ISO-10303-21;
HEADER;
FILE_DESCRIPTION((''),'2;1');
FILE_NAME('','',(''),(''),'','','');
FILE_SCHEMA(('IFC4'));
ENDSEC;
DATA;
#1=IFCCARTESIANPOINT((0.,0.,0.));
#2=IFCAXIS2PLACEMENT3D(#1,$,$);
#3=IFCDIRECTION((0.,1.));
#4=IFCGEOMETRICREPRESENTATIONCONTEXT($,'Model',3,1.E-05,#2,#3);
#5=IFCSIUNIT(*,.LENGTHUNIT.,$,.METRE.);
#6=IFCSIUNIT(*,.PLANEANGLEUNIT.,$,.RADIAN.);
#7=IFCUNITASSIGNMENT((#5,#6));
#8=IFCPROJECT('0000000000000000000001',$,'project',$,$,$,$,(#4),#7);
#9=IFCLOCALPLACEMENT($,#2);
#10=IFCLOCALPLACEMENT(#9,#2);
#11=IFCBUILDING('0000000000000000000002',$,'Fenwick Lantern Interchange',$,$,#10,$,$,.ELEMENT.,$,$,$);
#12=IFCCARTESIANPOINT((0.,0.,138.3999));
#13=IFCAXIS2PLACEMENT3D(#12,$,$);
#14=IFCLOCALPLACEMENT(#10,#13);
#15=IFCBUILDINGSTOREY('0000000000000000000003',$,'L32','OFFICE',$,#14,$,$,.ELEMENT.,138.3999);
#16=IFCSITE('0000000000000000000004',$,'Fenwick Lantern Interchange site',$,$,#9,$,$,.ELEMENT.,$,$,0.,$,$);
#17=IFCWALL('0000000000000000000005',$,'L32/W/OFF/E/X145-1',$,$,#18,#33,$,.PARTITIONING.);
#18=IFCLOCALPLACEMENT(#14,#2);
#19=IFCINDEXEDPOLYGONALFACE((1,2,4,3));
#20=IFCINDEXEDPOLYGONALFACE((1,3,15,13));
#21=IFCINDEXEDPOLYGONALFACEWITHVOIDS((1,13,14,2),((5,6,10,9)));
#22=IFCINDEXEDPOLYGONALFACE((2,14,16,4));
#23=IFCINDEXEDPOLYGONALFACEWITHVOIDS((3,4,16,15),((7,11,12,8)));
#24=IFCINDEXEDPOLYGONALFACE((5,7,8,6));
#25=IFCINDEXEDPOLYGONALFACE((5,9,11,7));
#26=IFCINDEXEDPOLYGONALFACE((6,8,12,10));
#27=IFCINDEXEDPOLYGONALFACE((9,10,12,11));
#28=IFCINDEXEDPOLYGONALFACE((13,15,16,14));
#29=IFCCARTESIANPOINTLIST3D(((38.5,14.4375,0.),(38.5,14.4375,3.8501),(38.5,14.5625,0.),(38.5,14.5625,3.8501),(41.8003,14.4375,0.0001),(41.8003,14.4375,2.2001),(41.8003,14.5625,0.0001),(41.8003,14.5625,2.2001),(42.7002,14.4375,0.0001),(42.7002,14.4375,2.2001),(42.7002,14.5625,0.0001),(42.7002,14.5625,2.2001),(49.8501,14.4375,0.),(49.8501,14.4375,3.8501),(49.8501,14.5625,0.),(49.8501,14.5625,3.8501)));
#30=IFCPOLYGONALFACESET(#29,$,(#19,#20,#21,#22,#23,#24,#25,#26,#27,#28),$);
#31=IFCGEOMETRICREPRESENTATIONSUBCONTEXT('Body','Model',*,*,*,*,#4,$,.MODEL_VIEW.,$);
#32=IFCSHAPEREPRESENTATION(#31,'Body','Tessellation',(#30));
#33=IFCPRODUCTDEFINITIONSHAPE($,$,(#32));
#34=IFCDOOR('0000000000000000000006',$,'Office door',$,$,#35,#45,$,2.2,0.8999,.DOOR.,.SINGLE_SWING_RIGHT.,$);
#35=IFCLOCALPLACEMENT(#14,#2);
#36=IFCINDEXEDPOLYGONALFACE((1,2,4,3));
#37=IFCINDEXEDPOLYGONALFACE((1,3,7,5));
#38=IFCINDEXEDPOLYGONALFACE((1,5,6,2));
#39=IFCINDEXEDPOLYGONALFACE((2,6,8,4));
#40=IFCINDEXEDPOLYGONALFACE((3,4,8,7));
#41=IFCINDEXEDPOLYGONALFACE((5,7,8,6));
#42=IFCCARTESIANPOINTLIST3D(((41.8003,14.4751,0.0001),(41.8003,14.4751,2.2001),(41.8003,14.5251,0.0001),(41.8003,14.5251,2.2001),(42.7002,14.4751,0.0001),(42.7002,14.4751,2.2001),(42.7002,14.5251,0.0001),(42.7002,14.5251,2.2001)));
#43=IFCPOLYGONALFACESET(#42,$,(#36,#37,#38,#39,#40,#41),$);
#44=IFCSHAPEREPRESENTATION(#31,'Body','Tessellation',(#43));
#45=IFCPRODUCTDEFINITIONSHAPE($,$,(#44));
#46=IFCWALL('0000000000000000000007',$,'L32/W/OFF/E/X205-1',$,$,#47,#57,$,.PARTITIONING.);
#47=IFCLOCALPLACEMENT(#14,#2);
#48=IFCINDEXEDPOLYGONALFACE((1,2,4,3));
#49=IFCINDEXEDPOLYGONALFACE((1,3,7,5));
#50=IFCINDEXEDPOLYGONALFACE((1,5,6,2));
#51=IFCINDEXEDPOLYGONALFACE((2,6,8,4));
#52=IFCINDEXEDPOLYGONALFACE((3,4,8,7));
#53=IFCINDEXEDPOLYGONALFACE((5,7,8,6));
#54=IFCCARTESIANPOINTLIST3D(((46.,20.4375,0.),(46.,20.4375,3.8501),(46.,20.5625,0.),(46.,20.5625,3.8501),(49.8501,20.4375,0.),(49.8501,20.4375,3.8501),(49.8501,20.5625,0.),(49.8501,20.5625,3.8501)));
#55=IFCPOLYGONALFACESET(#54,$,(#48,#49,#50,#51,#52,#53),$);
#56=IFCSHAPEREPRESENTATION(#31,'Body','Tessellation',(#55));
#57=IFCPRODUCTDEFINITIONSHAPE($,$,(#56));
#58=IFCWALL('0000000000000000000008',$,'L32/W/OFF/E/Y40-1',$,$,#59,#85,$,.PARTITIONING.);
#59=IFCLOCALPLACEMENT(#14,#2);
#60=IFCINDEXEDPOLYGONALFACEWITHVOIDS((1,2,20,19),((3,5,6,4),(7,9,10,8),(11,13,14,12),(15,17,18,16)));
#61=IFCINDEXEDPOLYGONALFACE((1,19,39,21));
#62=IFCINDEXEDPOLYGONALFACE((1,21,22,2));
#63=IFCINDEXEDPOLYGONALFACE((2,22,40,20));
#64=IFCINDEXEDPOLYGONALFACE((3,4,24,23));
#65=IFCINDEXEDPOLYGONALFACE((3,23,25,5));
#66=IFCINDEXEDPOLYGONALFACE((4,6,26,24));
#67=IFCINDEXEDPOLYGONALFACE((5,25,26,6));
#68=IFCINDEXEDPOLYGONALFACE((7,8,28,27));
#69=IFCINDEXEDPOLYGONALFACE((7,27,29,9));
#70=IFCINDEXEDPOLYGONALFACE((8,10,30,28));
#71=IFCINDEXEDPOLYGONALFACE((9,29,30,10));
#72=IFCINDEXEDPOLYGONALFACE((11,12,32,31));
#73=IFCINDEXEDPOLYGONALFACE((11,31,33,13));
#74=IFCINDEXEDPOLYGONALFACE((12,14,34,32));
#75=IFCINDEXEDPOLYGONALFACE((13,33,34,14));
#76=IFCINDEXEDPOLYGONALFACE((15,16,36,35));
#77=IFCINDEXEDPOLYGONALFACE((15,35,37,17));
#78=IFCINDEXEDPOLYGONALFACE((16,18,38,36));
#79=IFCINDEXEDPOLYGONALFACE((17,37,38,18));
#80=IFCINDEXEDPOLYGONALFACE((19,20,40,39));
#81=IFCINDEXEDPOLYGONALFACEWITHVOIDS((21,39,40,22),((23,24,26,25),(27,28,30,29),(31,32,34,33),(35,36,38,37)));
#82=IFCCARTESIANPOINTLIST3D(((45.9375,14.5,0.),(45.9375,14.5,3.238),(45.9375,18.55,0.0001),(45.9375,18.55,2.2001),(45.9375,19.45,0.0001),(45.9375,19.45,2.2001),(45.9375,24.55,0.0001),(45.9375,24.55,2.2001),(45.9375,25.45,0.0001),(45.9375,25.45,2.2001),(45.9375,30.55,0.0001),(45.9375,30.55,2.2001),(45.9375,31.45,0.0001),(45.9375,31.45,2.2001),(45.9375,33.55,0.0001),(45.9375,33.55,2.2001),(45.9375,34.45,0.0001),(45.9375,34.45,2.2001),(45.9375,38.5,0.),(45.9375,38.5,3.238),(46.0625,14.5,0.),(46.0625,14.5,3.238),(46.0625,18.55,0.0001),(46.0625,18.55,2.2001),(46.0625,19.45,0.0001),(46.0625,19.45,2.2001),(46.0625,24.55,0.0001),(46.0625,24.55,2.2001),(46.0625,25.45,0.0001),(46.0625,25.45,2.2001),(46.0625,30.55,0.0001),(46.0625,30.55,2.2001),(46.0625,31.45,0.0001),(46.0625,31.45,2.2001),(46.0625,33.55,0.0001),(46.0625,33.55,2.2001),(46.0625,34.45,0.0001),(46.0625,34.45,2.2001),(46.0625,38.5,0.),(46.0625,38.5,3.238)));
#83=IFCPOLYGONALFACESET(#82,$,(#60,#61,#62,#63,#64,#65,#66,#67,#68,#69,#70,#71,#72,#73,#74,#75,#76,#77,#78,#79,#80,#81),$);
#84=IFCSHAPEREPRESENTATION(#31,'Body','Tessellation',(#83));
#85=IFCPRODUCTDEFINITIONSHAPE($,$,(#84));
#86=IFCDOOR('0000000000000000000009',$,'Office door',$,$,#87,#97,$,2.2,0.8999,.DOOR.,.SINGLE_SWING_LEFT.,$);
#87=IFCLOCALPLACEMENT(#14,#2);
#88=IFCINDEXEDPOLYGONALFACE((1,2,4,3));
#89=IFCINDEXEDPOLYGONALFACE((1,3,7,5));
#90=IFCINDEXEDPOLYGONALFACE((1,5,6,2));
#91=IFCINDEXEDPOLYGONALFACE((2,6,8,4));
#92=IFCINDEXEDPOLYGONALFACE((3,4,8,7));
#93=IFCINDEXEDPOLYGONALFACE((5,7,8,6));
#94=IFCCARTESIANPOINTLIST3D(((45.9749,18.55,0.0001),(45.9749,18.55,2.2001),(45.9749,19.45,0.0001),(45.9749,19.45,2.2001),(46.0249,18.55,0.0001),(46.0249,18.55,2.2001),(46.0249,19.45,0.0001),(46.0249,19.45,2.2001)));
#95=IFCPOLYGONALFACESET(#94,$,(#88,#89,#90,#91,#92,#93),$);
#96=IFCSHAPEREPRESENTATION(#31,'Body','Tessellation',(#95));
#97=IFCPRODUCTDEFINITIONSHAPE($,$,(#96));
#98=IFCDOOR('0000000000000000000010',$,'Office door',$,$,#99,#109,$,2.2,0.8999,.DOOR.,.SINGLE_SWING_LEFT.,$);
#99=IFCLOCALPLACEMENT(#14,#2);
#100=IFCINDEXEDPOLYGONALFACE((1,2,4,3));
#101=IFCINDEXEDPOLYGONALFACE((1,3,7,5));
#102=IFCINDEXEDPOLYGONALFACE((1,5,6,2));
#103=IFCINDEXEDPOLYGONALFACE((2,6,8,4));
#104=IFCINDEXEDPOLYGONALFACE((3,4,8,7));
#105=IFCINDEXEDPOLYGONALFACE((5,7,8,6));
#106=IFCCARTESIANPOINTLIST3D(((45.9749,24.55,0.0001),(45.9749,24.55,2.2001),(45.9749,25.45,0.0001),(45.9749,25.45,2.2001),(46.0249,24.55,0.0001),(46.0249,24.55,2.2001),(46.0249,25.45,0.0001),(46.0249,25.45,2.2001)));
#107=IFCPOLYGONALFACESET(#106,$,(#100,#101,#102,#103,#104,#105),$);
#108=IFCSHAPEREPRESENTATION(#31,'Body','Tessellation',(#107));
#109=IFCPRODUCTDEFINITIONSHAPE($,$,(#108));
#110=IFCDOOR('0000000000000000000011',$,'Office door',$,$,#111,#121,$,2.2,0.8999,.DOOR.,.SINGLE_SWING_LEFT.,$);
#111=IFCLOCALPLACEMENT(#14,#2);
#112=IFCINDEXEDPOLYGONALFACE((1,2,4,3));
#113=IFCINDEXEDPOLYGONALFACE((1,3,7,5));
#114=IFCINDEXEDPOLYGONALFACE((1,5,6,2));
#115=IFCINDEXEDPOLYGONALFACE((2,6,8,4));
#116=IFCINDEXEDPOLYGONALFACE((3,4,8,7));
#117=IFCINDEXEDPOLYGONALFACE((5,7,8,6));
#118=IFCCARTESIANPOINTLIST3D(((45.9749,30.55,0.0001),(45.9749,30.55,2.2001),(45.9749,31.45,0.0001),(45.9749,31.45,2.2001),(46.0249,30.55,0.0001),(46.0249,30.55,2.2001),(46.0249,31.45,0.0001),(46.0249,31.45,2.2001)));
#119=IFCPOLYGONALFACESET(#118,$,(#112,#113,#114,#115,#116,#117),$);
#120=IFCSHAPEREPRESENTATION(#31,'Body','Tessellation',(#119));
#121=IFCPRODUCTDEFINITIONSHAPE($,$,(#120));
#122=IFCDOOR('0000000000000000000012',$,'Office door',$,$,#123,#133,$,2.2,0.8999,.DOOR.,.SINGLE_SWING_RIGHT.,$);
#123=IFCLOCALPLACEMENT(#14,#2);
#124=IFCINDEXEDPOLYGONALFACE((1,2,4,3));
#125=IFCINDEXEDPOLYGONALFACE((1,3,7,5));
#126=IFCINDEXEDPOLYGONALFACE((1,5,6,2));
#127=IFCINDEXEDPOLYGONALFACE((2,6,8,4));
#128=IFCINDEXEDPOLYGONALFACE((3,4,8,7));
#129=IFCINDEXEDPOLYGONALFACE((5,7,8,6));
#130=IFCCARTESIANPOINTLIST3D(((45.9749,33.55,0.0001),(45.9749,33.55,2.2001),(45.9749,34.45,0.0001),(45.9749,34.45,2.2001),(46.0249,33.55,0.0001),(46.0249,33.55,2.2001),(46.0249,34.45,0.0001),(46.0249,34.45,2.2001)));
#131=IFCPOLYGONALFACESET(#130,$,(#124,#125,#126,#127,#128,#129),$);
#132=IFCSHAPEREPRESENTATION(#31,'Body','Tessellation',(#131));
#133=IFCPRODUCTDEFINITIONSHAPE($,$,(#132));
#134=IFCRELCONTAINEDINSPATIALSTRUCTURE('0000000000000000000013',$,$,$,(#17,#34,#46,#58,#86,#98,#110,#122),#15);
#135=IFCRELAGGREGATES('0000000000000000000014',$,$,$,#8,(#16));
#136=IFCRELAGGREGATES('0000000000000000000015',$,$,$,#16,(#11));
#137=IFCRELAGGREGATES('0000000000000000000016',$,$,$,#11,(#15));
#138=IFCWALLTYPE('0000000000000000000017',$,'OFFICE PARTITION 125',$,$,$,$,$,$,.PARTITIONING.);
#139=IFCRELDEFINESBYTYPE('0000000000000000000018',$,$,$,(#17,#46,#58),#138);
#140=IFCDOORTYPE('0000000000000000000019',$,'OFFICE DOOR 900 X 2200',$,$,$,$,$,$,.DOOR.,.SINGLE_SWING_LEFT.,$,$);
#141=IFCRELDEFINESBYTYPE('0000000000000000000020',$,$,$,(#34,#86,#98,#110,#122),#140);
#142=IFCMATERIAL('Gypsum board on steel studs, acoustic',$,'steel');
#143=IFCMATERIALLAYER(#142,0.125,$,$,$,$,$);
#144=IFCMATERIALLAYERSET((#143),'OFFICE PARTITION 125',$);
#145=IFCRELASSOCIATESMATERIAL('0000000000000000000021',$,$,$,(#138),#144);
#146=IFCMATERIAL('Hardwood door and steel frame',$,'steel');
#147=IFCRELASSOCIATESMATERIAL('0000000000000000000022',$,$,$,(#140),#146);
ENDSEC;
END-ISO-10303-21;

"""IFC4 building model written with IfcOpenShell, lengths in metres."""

from ifc_helpers import new_model, si_unit, direction, frame, frame_2d, origin, place, context, subcontext, project, spatial, rectangle, extrude, material, layer, layer_set, type_object, element, fill, save


model = new_model("IFC4")

# Units and contexts
model_context = context("Model", 3, precision=1e-05, world=origin(), true_north=direction((0.0, 1.0)))
body_context = subcontext(model_context, "Body", "Model", "MODEL_VIEW")
ifc_project = project(units=[si_unit("LENGTHUNIT", "METRE"), si_unit("PLANEANGLEUNIT", "RADIAN")], contexts=[model_context])

# Site, building, storey
site_placement = place(None, origin())
site = spatial("IfcSite", under=ifc_project, at=site_placement, Name="Fenwick Lantern Interchange site", CompositionType="ELEMENT", RefElevation=0.0)
building_placement = place(site_placement, origin())
building = spatial("IfcBuilding", under=site, at=building_placement, Name="Fenwick Lantern Interchange", CompositionType="ELEMENT")
storey_placement = place(building_placement, frame((0.0, 0.0, 138.3999)))
storey = spatial("IfcBuildingStorey", under=building, at=storey_placement, Name="L32", Description="OFFICE", CompositionType="ELEMENT", Elevation=138.3999)

# Wall, opening, door
ifc_material_1 = material(Name="Gypsum board on steel studs, acoustic", Category="steel")
ifc_layer_1 = layer(ifc_material_1, 0.125)
ifc_layer_set_1 = layer_set([ifc_layer_1], Name="OFFICE PARTITION 125")
wall_type_1 = type_object("IfcWallType", Name="OFFICE PARTITION 125", PredefinedType="PARTITIONING", material=ifc_layer_set_1)
wall_1_placement = place(storey_placement, frame((49.8501, 14.5, 0.0), z_axis=(0.0, 0.0, 1.0), x_axis=(-1.0, 0.0, 0.0)))
wall_1 = element("IfcWall", 1, at=wall_1_placement, inside=storey, type_object=wall_type_1, Name="L32/W/OFF/E/X145-1", PredefinedType="PARTITIONING", context=body_context, shape_type="SweptSolid", body=[
    extrude(rectangle(XDim=11.3501, YDim=0.125, at=frame_2d((5.675, 0.0))), origin(), (0.0, 0.0, 1.0), 3.8501),
])
opening_1_placement = place(wall_1_placement, frame((7.1499, 0.0, 0.0)))
opening_1 = element("IfcOpeningElement", 2, at=opening_1_placement, cuts=wall_1, PredefinedType="OPENING", context=body_context, shape_type="SweptSolid", body=[
    extrude(rectangle(XDim=0.8999, YDim=2.2, at=frame_2d((0.45, 1.1001))), frame((0.0, 0.0725, 0.0), z_axis=(0.0, -1.0, 0.0), x_axis=(1.0, 0.0, 0.0)), (0.0, 0.0, 1.0), 0.145),
])
ifc_material_2 = material(Name="Hardwood door and steel frame", Category="steel")
door_type = type_object("IfcDoorType", Name="OFFICE DOOR 900 X 2200", OperationType="SINGLE_SWING_LEFT", PredefinedType="DOOR", material=ifc_material_2)
door_1_placement = place(opening_1_placement, origin())
door_1 = element("IfcDoor", 3, at=door_1_placement, inside=storey, type_object=door_type, Name="Office door", OperationType="SINGLE_SWING_RIGHT", OverallHeight=2.2, OverallWidth=0.8999, PredefinedType="DOOR", context=body_context, shape_type="SweptSolid", body=[
    extrude(rectangle(XDim=0.8999, YDim=2.2, at=frame_2d((0.45, 1.1001))), frame((0.0, 0.0249, 0.0), z_axis=(0.0, -1.0, 0.0), x_axis=(1.0, 0.0, 0.0)), (0.0, 0.0, 1.0), 0.05),
])
fill(opening_1, door_1)

# Wall
wall_2_placement = place(storey_placement, frame((49.8501, 20.5, 0.0), z_axis=(0.0, 0.0, 1.0), x_axis=(-1.0, 0.0, 0.0)))
element("IfcWall", 4, at=wall_2_placement, inside=storey, type_object=wall_type_1, Name="L32/W/OFF/E/X205-1", PredefinedType="PARTITIONING", context=body_context, shape_type="SweptSolid", body=[
    extrude(rectangle(XDim=3.8501, YDim=0.125, at=frame_2d((1.925, 0.0))), origin(), (0.0, 0.0, 1.0), 3.8501),
])

# Wall, openings, doors
wall_3_placement = place(storey_placement, frame((46.0, 14.5, 0.0), z_axis=(0.0, 0.0, 1.0), x_axis=(0.0, 1.0, 0.0)))
wall_3 = element("IfcWall", 5, at=wall_3_placement, inside=storey, type_object=wall_type_1, Name="L32/W/OFF/E/Y40-1", PredefinedType="PARTITIONING", context=body_context, shape_type="SweptSolid", body=[
    extrude(rectangle(XDim=24.0, YDim=0.125, at=frame_2d((12.0, 0.0))), origin(), (0.0, 0.0, 1.0), 3.238),
])
opening_2_placement = place(wall_3_placement, frame((4.05, 0.0, 0.0)))
opening_2 = element("IfcOpeningElement", 6, at=opening_2_placement, cuts=wall_3, PredefinedType="OPENING", context=body_context, shape_type="SweptSolid", body=[
    extrude(rectangle(XDim=0.8999, YDim=2.2, at=frame_2d((0.45, 1.1001))), frame((0.0, 0.0725, 0.0), z_axis=(0.0, -1.0, 0.0), x_axis=(1.0, 0.0, 0.0)), (0.0, 0.0, 1.0), 0.145),
])
opening_3_placement = place(wall_3_placement, frame((10.05, 0.0, 0.0)))
opening_3 = element("IfcOpeningElement", 7, at=opening_3_placement, cuts=wall_3, PredefinedType="OPENING", context=body_context, shape_type="SweptSolid", body=[
    extrude(rectangle(XDim=0.8999, YDim=2.2, at=frame_2d((0.45, 1.1001))), frame((0.0, 0.0725, 0.0), z_axis=(0.0, -1.0, 0.0), x_axis=(1.0, 0.0, 0.0)), (0.0, 0.0, 1.0), 0.145),
])
opening_4_placement = place(wall_3_placement, frame((16.05, 0.0, 0.0)))
opening_4 = element("IfcOpeningElement", 8, at=opening_4_placement, cuts=wall_3, PredefinedType="OPENING", context=body_context, shape_type="SweptSolid", body=[
    extrude(rectangle(XDim=0.8999, YDim=2.2, at=frame_2d((0.45, 1.1001))), frame((0.0, 0.0725, 0.0), z_axis=(0.0, -1.0, 0.0), x_axis=(1.0, 0.0, 0.0)), (0.0, 0.0, 1.0), 0.145),
])
opening_5_placement = place(wall_3_placement, frame((19.05, 0.0, 0.0)))
opening_5 = element("IfcOpeningElement", 9, at=opening_5_placement, cuts=wall_3, PredefinedType="OPENING", context=body_context, shape_type="SweptSolid", body=[
    extrude(rectangle(XDim=0.8999, YDim=2.2, at=frame_2d((0.45, 1.1001))), frame((0.0, 0.0725, 0.0), z_axis=(0.0, -1.0, 0.0), x_axis=(1.0, 0.0, 0.0)), (0.0, 0.0, 1.0), 0.145),
])
door_2_placement = place(opening_2_placement, frame((0.8999, 0.0, 0.0), z_axis=(0.0, 0.0, 1.0), x_axis=(-1.0, 0.0, 0.0)))
door_2 = element("IfcDoor", 10, at=door_2_placement, inside=storey, type_object=door_type, Name="Office door", OperationType="SINGLE_SWING_LEFT", OverallHeight=2.2, OverallWidth=0.8999, PredefinedType="DOOR", context=body_context, shape_type="SweptSolid", body=[
    extrude(rectangle(XDim=0.8999, YDim=2.2, at=frame_2d((0.45, 1.1001))), frame((0.0, 0.0249, 0.0), z_axis=(0.0, -1.0, 0.0), x_axis=(1.0, 0.0, 0.0)), (0.0, 0.0, 1.0), 0.05),
])
fill(opening_2, door_2)
door_3_placement = place(opening_3_placement, frame((0.8999, 0.0, 0.0), z_axis=(0.0, 0.0, 1.0), x_axis=(-1.0, 0.0, 0.0)))
door_3 = element("IfcDoor", 11, at=door_3_placement, inside=storey, type_object=door_type, Name="Office door", OperationType="SINGLE_SWING_LEFT", OverallHeight=2.2, OverallWidth=0.8999, PredefinedType="DOOR", context=body_context, shape_type="SweptSolid", body=[
    extrude(rectangle(XDim=0.8999, YDim=2.2, at=frame_2d((0.45, 1.1001))), frame((0.0, 0.0249, 0.0), z_axis=(0.0, -1.0, 0.0), x_axis=(1.0, 0.0, 0.0)), (0.0, 0.0, 1.0), 0.05),
])
fill(opening_3, door_3)
door_4_placement = place(opening_4_placement, frame((0.8999, 0.0, 0.0), z_axis=(0.0, 0.0, 1.0), x_axis=(-1.0, 0.0, 0.0)))
door_4 = element("IfcDoor", 12, at=door_4_placement, inside=storey, type_object=door_type, Name="Office door", OperationType="SINGLE_SWING_LEFT", OverallHeight=2.2, OverallWidth=0.8999, PredefinedType="DOOR", context=body_context, shape_type="SweptSolid", body=[
    extrude(rectangle(XDim=0.8999, YDim=2.2, at=frame_2d((0.45, 1.1001))), frame((0.0, 0.0249, 0.0), z_axis=(0.0, -1.0, 0.0), x_axis=(1.0, 0.0, 0.0)), (0.0, 0.0, 1.0), 0.05),
])
fill(opening_4, door_4)
door_5_placement = place(opening_5_placement, frame((0.8999, 0.0, 0.0), z_axis=(0.0, 0.0, 1.0), x_axis=(-1.0, 0.0, 0.0)))
door_5 = element("IfcDoor", 13, at=door_5_placement, inside=storey, type_object=door_type, Name="Office door", OperationType="SINGLE_SWING_RIGHT", OverallHeight=2.2, OverallWidth=0.8999, PredefinedType="DOOR", context=body_context, shape_type="SweptSolid", body=[
    extrude(rectangle(XDim=0.8999, YDim=2.2, at=frame_2d((0.45, 1.1001))), frame((0.0, 0.0249, 0.0), z_axis=(0.0, -1.0, 0.0), x_axis=(1.0, 0.0, 0.0)), (0.0, 0.0, 1.0), 0.05),
])
fill(opening_5, door_5)

save(model, "model.ifc")
